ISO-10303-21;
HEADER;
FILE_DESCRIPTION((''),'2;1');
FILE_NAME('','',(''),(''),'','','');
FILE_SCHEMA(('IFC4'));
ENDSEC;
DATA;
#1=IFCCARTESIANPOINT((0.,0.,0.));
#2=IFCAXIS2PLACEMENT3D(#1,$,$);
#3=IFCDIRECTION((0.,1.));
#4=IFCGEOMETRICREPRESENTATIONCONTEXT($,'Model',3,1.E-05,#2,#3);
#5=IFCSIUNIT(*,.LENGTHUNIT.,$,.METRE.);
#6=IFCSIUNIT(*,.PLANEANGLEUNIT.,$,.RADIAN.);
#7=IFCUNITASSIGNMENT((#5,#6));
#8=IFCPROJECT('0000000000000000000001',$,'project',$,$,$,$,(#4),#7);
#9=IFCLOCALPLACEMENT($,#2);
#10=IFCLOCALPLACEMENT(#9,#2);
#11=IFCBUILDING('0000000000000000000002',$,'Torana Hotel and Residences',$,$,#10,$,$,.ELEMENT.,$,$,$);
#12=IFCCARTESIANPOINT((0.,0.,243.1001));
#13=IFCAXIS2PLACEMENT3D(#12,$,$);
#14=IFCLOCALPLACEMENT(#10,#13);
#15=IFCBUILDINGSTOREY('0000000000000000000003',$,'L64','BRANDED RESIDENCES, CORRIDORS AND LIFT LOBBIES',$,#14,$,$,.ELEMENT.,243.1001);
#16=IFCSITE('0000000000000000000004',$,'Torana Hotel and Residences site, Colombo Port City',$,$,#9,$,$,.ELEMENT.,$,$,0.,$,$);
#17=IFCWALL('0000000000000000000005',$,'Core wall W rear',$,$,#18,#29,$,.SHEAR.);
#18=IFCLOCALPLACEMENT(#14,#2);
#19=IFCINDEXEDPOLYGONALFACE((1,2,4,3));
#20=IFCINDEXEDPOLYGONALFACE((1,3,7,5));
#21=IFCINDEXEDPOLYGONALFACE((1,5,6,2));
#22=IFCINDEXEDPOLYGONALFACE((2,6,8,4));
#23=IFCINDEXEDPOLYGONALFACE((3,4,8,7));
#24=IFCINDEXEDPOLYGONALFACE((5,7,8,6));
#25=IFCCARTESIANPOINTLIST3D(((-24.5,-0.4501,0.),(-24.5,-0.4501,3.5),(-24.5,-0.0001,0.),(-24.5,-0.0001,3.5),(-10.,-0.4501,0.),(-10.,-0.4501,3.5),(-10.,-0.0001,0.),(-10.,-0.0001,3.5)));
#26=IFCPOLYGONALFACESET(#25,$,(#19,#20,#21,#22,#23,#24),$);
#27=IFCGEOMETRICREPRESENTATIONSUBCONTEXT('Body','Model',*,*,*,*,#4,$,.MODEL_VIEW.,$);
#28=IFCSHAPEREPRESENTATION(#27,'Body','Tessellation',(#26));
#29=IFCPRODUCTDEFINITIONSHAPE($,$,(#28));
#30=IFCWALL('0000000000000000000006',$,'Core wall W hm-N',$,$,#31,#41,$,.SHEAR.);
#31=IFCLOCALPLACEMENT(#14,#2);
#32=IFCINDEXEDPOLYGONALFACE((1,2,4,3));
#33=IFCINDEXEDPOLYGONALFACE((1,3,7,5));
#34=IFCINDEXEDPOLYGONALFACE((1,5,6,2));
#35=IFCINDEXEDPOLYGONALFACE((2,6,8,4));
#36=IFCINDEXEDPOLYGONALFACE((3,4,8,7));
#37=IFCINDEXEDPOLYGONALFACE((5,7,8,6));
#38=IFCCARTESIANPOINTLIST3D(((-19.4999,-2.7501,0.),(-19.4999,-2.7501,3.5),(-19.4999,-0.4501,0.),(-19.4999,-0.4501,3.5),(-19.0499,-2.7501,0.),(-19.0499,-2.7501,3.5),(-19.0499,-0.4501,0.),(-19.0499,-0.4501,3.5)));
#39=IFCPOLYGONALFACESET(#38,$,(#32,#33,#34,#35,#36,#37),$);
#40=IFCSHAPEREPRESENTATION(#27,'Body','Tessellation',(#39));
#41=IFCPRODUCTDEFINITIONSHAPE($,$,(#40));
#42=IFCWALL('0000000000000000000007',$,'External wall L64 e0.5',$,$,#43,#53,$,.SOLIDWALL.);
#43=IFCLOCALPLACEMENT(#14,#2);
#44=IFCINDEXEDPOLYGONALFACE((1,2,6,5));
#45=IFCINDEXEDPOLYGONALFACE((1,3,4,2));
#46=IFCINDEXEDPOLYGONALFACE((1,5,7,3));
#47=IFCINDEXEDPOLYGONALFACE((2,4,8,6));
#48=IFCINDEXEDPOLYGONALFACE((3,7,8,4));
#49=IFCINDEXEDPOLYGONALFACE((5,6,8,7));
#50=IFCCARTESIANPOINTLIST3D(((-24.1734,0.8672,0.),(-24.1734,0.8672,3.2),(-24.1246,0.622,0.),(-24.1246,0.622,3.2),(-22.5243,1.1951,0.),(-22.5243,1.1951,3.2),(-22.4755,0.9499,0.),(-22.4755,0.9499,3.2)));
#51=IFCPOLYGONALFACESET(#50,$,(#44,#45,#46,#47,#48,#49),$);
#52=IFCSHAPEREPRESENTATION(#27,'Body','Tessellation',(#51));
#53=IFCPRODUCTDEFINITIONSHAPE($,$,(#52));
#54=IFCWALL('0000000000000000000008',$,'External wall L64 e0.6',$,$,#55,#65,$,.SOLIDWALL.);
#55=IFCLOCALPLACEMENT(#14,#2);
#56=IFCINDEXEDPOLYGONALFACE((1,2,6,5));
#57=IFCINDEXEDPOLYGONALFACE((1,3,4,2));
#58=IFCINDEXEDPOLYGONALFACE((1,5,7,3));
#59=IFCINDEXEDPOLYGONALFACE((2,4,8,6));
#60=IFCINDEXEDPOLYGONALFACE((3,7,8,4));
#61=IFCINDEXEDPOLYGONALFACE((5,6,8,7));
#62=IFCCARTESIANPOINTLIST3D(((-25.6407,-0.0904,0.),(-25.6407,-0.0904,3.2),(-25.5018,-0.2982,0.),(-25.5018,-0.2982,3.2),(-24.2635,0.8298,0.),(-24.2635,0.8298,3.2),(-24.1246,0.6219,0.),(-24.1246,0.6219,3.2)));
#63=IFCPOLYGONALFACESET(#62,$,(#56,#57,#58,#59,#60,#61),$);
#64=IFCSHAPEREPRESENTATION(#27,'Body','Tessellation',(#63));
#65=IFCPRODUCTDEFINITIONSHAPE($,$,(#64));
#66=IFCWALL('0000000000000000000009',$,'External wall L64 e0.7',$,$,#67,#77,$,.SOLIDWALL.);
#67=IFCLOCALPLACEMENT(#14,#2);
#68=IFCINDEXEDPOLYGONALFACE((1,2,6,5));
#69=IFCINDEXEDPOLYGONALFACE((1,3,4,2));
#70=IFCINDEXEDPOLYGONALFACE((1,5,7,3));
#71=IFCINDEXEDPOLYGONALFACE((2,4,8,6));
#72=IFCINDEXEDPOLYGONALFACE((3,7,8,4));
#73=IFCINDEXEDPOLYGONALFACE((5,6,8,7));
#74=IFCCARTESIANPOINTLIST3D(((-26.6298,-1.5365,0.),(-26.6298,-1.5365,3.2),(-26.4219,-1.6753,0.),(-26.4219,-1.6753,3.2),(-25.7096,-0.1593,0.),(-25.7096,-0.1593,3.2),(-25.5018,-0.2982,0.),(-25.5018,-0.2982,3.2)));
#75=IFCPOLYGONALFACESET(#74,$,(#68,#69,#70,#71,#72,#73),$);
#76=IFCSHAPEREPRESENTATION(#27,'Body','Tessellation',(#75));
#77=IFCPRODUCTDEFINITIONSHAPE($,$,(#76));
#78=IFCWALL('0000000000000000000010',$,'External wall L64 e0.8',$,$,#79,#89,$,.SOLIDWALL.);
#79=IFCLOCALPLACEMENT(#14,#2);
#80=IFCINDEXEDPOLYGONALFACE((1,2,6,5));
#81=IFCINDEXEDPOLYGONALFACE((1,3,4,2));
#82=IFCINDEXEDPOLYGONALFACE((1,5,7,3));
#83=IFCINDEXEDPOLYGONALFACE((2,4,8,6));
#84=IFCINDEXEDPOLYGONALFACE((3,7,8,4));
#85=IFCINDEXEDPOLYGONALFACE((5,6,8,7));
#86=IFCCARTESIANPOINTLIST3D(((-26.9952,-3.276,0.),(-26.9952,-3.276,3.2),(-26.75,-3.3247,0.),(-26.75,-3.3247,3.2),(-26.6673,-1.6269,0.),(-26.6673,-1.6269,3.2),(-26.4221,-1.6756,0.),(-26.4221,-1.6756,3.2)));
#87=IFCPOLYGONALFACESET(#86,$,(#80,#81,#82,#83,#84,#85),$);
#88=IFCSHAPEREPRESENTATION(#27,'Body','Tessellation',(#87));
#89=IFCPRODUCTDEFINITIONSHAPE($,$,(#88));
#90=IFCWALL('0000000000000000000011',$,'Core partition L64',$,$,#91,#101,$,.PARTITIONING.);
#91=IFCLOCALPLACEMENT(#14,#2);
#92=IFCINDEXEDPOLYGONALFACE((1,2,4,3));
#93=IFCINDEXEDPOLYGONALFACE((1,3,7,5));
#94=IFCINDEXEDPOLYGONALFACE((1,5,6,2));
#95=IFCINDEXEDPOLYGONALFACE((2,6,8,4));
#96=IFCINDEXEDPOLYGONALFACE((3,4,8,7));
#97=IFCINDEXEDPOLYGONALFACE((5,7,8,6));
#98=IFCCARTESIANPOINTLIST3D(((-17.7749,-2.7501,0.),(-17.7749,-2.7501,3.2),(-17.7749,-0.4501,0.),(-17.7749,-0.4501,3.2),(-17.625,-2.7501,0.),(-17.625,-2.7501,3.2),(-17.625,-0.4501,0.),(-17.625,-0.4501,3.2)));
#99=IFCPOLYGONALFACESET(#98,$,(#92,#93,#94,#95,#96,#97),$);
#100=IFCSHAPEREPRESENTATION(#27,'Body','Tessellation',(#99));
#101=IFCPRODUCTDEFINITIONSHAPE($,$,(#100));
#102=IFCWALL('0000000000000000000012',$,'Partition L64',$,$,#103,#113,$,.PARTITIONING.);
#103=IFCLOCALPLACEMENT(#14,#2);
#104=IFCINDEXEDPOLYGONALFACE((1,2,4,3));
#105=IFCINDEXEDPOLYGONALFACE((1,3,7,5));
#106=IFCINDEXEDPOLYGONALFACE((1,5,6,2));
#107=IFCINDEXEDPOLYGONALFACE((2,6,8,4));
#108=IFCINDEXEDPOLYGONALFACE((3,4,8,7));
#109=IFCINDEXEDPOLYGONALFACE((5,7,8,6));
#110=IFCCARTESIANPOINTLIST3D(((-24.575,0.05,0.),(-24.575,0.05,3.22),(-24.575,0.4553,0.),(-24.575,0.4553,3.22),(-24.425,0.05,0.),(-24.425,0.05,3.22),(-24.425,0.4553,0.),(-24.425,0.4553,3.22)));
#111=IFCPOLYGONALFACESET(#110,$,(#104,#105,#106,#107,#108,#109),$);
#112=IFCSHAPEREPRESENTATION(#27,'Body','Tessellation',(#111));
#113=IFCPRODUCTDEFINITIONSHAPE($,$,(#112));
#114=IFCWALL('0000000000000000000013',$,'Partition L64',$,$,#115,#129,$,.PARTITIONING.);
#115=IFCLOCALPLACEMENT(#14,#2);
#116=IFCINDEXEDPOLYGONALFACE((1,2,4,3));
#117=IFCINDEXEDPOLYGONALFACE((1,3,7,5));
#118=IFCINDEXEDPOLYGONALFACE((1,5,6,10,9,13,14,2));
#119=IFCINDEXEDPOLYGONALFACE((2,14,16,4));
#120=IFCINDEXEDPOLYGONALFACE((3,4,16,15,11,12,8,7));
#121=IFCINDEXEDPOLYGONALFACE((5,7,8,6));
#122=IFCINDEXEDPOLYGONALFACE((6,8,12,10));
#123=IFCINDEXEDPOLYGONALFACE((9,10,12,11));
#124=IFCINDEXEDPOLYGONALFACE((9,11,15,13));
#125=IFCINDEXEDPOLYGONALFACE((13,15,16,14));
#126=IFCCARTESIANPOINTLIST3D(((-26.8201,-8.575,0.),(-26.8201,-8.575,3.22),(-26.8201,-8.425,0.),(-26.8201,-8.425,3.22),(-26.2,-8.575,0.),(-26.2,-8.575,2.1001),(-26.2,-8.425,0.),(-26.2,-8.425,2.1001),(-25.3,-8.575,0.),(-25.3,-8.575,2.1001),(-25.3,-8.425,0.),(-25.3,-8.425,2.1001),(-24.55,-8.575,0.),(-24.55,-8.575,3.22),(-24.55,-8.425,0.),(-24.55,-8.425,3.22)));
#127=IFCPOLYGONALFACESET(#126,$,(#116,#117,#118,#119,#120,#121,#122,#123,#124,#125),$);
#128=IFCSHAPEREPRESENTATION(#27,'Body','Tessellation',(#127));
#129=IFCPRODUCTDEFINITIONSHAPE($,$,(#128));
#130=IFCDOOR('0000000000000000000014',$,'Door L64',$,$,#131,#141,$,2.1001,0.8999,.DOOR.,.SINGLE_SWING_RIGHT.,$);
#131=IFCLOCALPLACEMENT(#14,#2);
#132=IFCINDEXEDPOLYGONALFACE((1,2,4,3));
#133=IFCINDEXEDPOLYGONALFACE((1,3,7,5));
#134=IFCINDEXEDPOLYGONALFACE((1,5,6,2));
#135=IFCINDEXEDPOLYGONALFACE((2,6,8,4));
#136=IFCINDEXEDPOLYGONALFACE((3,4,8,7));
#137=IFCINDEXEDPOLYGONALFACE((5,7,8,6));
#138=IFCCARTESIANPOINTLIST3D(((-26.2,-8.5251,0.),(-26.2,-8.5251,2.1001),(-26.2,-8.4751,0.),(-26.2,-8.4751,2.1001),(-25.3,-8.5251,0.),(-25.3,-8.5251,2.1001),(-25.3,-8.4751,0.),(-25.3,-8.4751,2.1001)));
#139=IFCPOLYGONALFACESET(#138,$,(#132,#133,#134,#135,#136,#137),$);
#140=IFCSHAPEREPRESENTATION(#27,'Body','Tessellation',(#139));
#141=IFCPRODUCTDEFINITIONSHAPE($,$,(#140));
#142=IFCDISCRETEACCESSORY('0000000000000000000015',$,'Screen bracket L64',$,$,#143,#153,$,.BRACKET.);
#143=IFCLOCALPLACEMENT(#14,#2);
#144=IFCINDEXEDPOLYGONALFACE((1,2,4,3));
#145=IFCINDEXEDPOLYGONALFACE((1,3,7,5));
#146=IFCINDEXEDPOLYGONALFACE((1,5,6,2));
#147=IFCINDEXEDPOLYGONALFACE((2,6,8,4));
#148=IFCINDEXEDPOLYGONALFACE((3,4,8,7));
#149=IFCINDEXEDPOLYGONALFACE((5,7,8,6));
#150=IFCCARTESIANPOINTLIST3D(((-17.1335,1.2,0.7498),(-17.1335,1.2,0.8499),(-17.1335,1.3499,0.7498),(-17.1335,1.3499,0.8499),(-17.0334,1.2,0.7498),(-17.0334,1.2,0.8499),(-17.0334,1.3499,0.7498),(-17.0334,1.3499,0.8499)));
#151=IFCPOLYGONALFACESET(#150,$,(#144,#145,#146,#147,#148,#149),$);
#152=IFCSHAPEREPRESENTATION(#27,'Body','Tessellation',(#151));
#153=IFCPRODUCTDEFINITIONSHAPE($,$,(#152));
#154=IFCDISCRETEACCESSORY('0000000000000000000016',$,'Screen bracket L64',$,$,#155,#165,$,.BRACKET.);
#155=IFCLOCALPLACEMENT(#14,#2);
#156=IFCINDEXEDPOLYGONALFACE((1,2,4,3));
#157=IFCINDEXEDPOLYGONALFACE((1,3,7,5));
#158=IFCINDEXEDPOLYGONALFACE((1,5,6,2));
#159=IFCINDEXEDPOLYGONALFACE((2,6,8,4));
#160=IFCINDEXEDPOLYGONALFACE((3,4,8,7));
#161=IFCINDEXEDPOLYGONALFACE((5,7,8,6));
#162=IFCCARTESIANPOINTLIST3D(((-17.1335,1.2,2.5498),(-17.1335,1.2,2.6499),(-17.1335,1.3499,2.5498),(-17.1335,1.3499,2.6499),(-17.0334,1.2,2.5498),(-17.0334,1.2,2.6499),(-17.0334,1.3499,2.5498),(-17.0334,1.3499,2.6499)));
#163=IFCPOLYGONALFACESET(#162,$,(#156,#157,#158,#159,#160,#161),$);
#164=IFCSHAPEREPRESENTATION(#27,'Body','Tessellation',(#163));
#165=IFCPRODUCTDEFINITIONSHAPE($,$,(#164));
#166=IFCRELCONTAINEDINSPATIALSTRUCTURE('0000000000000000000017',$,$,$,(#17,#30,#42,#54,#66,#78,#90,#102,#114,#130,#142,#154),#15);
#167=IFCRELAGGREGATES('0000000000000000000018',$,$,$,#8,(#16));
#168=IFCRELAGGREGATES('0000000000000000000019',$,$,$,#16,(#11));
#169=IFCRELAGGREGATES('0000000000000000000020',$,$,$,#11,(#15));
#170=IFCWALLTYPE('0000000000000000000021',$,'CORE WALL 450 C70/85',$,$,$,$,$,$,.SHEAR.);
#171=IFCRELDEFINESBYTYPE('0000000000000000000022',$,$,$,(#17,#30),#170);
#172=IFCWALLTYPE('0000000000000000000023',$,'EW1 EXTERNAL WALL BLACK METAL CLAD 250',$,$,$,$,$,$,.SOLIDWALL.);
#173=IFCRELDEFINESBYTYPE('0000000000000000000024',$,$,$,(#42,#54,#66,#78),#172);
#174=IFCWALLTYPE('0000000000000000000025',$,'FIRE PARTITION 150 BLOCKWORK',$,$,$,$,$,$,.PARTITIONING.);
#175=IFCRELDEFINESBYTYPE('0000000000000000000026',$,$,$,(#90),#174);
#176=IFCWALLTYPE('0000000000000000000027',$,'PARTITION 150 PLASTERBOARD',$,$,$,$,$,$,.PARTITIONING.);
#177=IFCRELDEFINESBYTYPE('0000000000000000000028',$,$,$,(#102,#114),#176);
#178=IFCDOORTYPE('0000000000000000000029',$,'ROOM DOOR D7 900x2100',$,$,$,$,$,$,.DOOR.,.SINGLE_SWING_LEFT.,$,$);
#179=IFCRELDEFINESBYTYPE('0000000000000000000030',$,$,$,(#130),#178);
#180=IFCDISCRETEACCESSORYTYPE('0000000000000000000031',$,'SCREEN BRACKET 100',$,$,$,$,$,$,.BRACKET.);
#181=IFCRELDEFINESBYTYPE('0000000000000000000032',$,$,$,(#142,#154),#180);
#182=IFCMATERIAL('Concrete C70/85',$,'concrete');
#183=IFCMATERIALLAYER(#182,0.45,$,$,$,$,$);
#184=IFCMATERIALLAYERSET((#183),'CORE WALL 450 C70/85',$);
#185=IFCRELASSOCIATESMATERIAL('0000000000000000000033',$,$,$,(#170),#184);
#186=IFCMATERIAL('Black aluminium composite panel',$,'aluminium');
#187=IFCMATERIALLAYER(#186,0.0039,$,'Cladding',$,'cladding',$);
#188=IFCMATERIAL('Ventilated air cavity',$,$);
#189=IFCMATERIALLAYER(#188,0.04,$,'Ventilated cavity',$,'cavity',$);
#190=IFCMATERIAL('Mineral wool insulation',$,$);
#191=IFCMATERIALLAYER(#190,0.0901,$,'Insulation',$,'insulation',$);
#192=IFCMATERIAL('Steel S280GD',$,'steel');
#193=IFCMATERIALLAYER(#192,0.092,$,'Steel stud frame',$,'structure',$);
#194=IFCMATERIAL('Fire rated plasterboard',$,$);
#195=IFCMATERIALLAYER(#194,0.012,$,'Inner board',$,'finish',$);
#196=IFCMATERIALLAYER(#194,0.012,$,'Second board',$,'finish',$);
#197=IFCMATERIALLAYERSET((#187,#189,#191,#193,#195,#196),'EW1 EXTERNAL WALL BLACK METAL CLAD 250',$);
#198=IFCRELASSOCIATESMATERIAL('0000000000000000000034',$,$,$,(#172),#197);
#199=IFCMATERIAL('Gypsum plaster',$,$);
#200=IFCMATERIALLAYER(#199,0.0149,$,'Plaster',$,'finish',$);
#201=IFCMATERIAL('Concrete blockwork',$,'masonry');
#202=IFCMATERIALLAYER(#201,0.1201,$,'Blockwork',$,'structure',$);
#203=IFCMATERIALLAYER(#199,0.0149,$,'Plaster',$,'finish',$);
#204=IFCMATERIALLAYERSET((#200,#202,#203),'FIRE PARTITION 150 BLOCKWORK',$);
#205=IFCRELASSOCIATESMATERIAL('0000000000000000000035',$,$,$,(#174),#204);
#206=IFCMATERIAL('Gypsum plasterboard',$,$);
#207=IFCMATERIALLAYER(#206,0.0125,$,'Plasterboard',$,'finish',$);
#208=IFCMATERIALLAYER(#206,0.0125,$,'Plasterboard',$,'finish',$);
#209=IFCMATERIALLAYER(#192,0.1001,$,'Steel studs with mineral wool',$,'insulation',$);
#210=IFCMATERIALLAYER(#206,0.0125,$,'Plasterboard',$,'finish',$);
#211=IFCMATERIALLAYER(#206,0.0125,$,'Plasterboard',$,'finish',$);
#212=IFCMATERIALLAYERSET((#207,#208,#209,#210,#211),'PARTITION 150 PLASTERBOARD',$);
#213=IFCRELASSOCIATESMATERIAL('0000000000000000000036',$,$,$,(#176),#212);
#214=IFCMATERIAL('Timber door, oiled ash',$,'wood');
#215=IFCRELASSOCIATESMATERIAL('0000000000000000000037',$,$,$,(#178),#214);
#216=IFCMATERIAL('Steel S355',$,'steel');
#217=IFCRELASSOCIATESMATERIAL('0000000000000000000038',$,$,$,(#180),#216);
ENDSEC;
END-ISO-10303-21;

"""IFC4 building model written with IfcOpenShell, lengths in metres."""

from ifc_helpers import new_model, si_unit, direction, frame, frame_2d, origin, origin_2d, place, context, subcontext, project, spatial, rectangle, extrude, material, layer, layer_set, type_object, element, fill, save


model = new_model("IFC4")

# Units and contexts
model_context = context("Model", 3, precision=1e-05, world=origin(), true_north=direction((0.0, 1.0)))
body_context = subcontext(model_context, "Body", "Model", "MODEL_VIEW")
ifc_project = project(units=[si_unit("LENGTHUNIT", "METRE"), si_unit("PLANEANGLEUNIT", "RADIAN")], contexts=[model_context])

# Site, building, storey
site_placement = place(None, origin())
site = spatial("IfcSite", under=ifc_project, at=site_placement, Name="Torana Hotel and Residences site, Colombo Port City", CompositionType="ELEMENT", RefElevation=0.0)
building_placement = place(site_placement, origin())
building = spatial("IfcBuilding", under=site, at=building_placement, Name="Torana Hotel and Residences", CompositionType="ELEMENT")
storey_placement = place(building_placement, frame((0.0, 0.0, 243.1001)))
storey = spatial("IfcBuildingStorey", under=building, at=storey_placement, Name="L64", Description="BRANDED RESIDENCES, CORRIDORS AND LIFT LOBBIES", CompositionType="ELEMENT", Elevation=243.1001)

# Walls
ifc_material_1 = material(Name="Concrete C70/85", Category="concrete")
ifc_layer_1 = layer(ifc_material_1, 0.45)
ifc_layer_set_1 = layer_set([ifc_layer_1], Name="CORE WALL 450 C70/85")
wall_type_1 = type_object("IfcWallType", Name="CORE WALL 450 C70/85", PredefinedType="SHEAR", material=ifc_layer_set_1)
wall_1_placement = place(storey_placement, frame((-24.5, -0.2251, 0.0), z_axis=(0.0, 0.0, 1.0), x_axis=(1.0, 0.0, 0.0)))
element("IfcWall", 1, at=wall_1_placement, inside=storey, type_object=wall_type_1, Name="Core wall W rear", PredefinedType="SHEAR", context=body_context, shape_type="SweptSolid", body=[
    extrude(rectangle(XDim=14.5, YDim=0.45, at=frame_2d((7.25, 0.0))), origin(), (0.0, 0.0, 1.0), 3.5),
])
wall_2_placement = place(storey_placement, frame((-19.2749, -2.75, 0.0), z_axis=(0.0, 0.0, 1.0), x_axis=(0.0, 1.0, 0.0)))
element("IfcWall", 2, at=wall_2_placement, inside=storey, type_object=wall_type_1, Name="Core wall W hm-N", PredefinedType="SHEAR", context=body_context, shape_type="SweptSolid", body=[
    extrude(rectangle(XDim=2.3, YDim=0.45, at=frame_2d((1.1499, 0.0))), origin(), (0.0, 0.0, 1.0), 3.5),
])
ifc_material_2 = material(Name="Black aluminium composite panel", Category="aluminium")
ifc_layer_2 = layer(ifc_material_2, 0.0039, Name="Cladding", Category="cladding")
ifc_material_3 = material(Name="Ventilated air cavity")
ifc_layer_3 = layer(ifc_material_3, 0.04, Name="Ventilated cavity", Category="cavity")
ifc_material_4 = material(Name="Mineral wool insulation")
ifc_layer_4 = layer(ifc_material_4, 0.0901, Name="Insulation", Category="insulation")
ifc_material_5 = material(Name="Steel S280GD", Category="steel")
ifc_layer_5 = layer(ifc_material_5, 0.092, Name="Steel stud frame", Category="structure")
ifc_material_6 = material(Name="Fire rated plasterboard")
ifc_layer_6 = layer(ifc_material_6, 0.012, Name="Inner board", Category="finish")
ifc_layer_7 = layer(ifc_material_6, 0.012, Name="Second board", Category="finish")
ifc_layer_set_2 = layer_set([ifc_layer_2, ifc_layer_3, ifc_layer_4, ifc_layer_5, ifc_layer_6, ifc_layer_7], Name="EW1 EXTERNAL WALL BLACK METAL CLAD 250")
wall_type_2 = type_object("IfcWallType", Name="EW1 EXTERNAL WALL BLACK METAL CLAD 250", PredefinedType="SOLIDWALL", material=ifc_layer_set_2)
wall_3_placement = place(storey_placement, frame((-22.4998, 1.0725, 0.0), z_axis=(0.0, 0.0, 1.0), x_axis=(-0.980803, -0.194999, 0.0)))
element("IfcWall", 3, at=wall_3_placement, inside=storey, type_object=wall_type_2, Name="External wall L64 e0.5", PredefinedType="SOLIDWALL", context=body_context, shape_type="SweptSolid", body=[
    extrude(rectangle(XDim=1.6814, YDim=0.25, at=frame_2d((0.8408, 0.0))), origin(), (0.0, 0.0, 1.0), 3.2),
])
for number, where, z_axis, x_axis, name in (
    (4, (-24.1941, 0.7258, 0.0), (0.0, 0.0, 1.0), (-0.831483, -0.55555, 0.0), "External wall L64 e0.6"),
    (5, (-25.6057, -0.2288, 0.0), (0.0, 0.0, 1.0), (-0.55555, -0.831483, 0.0), "External wall L64 e0.7"),
):
    element("IfcWall", number, at=place(storey_placement, frame(where, z_axis=z_axis, x_axis=x_axis)), inside=storey, type_object=wall_type_2, Name=name, PredefinedType="SOLIDWALL", context=body_context, shape_type="SweptSolid", body=[
        extrude(rectangle(XDim=1.6562, YDim=0.25, at=frame_2d((0.8281, 0.0))), origin(), (0.0, 0.0, 1.0), 3.2),
    ])
wall_4_placement = place(storey_placement, frame((-26.5447, -1.6511, 0.0), z_axis=(0.0, 0.0, 1.0), x_axis=(-0.194999, -0.980803, 0.0)))
element("IfcWall", 6, at=wall_4_placement, inside=storey, type_object=wall_type_2, Name="External wall L64 e0.8", PredefinedType="SOLIDWALL", context=body_context, shape_type="SweptSolid", body=[
    extrude(rectangle(XDim=1.6814, YDim=0.25, at=frame_2d((0.8408, 0.0))), origin(), (0.0, 0.0, 1.0), 3.2),
])

# Walls
ifc_material_7 = material(Name="Gypsum plaster")
ifc_layer_8 = layer(ifc_material_7, 0.0149, Name="Plaster", Category="finish")
ifc_material_8 = material(Name="Concrete blockwork", Category="masonry")
ifc_layer_9 = layer(ifc_material_8, 0.1201, Name="Blockwork", Category="structure")
ifc_layer_10 = layer(ifc_material_7, 0.0149, Name="Plaster", Category="finish")
ifc_layer_set_3 = layer_set([ifc_layer_8, ifc_layer_9, ifc_layer_10], Name="FIRE PARTITION 150 BLOCKWORK")
wall_type_3 = type_object("IfcWallType", Name="FIRE PARTITION 150 BLOCKWORK", PredefinedType="PARTITIONING", material=ifc_layer_set_3)
wall_5_placement = place(storey_placement, frame((-17.7, -2.75, 0.0), z_axis=(0.0, 0.0, 1.0), x_axis=(0.0, 1.0, 0.0)))
element("IfcWall", 7, at=wall_5_placement, inside=storey, type_object=wall_type_3, Name="Core partition L64", PredefinedType="PARTITIONING", context=body_context, shape_type="SweptSolid", body=[
    extrude(rectangle(XDim=2.3, YDim=0.1499, at=frame_2d((1.1499, 0.0))), origin(), (0.0, 0.0, 1.0), 3.2),
])
ifc_material_9 = material(Name="Gypsum plasterboard")
ifc_layer_11 = layer(ifc_material_9, 0.0125, Name="Plasterboard", Category="finish")
ifc_layer_12 = layer(ifc_material_9, 0.0125, Name="Plasterboard", Category="finish")
ifc_layer_13 = layer(ifc_material_5, 0.1001, Name="Steel studs with mineral wool", Category="insulation")
ifc_layer_14 = layer(ifc_material_9, 0.0125, Name="Plasterboard", Category="finish")
ifc_layer_15 = layer(ifc_material_9, 0.0125, Name="Plasterboard", Category="finish")
ifc_layer_set_4 = layer_set([ifc_layer_11, ifc_layer_12, ifc_layer_13, ifc_layer_14, ifc_layer_15], Name="PARTITION 150 PLASTERBOARD")
wall_type_4 = type_object("IfcWallType", Name="PARTITION 150 PLASTERBOARD", PredefinedType="PARTITIONING", material=ifc_layer_set_4)
wall_6_placement = place(storey_placement, frame((-24.5, 0.05, 0.0), z_axis=(0.0, 0.0, 1.0), x_axis=(0.0, 1.0, 0.0)))
element("IfcWall", 8, at=wall_6_placement, inside=storey, type_object=wall_type_4, Name="Partition L64", PredefinedType="PARTITIONING", context=body_context, shape_type="SweptSolid", body=[
    extrude(rectangle(XDim=0.4053, YDim=0.1499, at=frame_2d((0.2026, 0.0))), origin(), (0.0, 0.0, 1.0), 3.22),
])

# Wall, opening, door
wall_7_placement = place(storey_placement, frame((-26.8201, -8.5, 0.0), z_axis=(0.0, 0.0, 1.0), x_axis=(1.0, 0.0, 0.0)))
wall_7 = element("IfcWall", 9, at=wall_7_placement, inside=storey, type_object=wall_type_4, Name="Partition L64", PredefinedType="PARTITIONING", context=body_context, shape_type="SweptSolid", body=[
    extrude(rectangle(XDim=2.27, YDim=0.1499, at=frame_2d((1.135, 0.0))), origin(), (0.0, 0.0, 1.0), 3.22),
])
opening_1_placement = place(wall_7_placement, frame((0.6201, 0.0, 0.0)))
opening_1 = element("IfcOpeningElement", 10, at=opening_1_placement, cuts=wall_7, PredefinedType="OPENING", context=body_context, shape_type="SweptSolid", body=[
    extrude(rectangle(XDim=0.8999, YDim=2.1001, at=frame_2d((0.45, 1.05))), frame((0.0, 0.085, 0.0), z_axis=(0.0, -1.0, 0.0), x_axis=(1.0, 0.0, 0.0)), (0.0, 0.0, 1.0), 0.1699),
])
ifc_material_10 = material(Name="Timber door, oiled ash", Category="wood")
door_type_1 = type_object("IfcDoorType", Name="ROOM DOOR D7 900x2100", OperationType="SINGLE_SWING_LEFT", PredefinedType="DOOR", material=ifc_material_10)
door_1_placement = place(opening_1_placement, origin())
door_1 = element("IfcDoor", 11, at=door_1_placement, inside=storey, type_object=door_type_1, Name="Door L64", OperationType="SINGLE_SWING_RIGHT", OverallHeight=2.1001, OverallWidth=0.8999, PredefinedType="DOOR", context=body_context, shape_type="SweptSolid", body=[
    extrude(rectangle(XDim=0.8999, YDim=2.1001, at=frame_2d((0.45, 1.05))), frame((0.0, 0.0249, 0.0), z_axis=(0.0, -1.0, 0.0), x_axis=(1.0, 0.0, 0.0)), (0.0, 0.0, 1.0), 0.05),
])
fill(opening_1, door_1)

# Discrete accessories
ifc_material_11 = material(Name="Steel S355", Category="steel")
discrete_accessory_type = type_object("IfcDiscreteAccessoryType", Name="SCREEN BRACKET 100", PredefinedType="BRACKET", material=ifc_material_11)
for number, where, z_axis, x_axis, name in (
    (12, (-17.0835, 1.2749, 0.7498), (0.0, 0.0, 1.0), (-1.0, 0.0, 0.0), "Screen bracket L64"),
    (13, (-17.0835, 1.2749, 2.5498), (0.0, 0.0, 1.0), (-1.0, 0.0, 0.0), "Screen bracket L64"),
):
    element("IfcDiscreteAccessory", number, at=place(storey_placement, frame(where, z_axis=z_axis, x_axis=x_axis)), inside=storey, type_object=discrete_accessory_type, Name=name, PredefinedType="BRACKET", context=body_context, shape_type="SweptSolid", body=[
        extrude(rectangle(XDim=0.1001, YDim=0.1499, at=origin_2d()), origin(), (0.0, 0.0, 1.0), 0.1001),
    ])

save(model, "model.ifc")
